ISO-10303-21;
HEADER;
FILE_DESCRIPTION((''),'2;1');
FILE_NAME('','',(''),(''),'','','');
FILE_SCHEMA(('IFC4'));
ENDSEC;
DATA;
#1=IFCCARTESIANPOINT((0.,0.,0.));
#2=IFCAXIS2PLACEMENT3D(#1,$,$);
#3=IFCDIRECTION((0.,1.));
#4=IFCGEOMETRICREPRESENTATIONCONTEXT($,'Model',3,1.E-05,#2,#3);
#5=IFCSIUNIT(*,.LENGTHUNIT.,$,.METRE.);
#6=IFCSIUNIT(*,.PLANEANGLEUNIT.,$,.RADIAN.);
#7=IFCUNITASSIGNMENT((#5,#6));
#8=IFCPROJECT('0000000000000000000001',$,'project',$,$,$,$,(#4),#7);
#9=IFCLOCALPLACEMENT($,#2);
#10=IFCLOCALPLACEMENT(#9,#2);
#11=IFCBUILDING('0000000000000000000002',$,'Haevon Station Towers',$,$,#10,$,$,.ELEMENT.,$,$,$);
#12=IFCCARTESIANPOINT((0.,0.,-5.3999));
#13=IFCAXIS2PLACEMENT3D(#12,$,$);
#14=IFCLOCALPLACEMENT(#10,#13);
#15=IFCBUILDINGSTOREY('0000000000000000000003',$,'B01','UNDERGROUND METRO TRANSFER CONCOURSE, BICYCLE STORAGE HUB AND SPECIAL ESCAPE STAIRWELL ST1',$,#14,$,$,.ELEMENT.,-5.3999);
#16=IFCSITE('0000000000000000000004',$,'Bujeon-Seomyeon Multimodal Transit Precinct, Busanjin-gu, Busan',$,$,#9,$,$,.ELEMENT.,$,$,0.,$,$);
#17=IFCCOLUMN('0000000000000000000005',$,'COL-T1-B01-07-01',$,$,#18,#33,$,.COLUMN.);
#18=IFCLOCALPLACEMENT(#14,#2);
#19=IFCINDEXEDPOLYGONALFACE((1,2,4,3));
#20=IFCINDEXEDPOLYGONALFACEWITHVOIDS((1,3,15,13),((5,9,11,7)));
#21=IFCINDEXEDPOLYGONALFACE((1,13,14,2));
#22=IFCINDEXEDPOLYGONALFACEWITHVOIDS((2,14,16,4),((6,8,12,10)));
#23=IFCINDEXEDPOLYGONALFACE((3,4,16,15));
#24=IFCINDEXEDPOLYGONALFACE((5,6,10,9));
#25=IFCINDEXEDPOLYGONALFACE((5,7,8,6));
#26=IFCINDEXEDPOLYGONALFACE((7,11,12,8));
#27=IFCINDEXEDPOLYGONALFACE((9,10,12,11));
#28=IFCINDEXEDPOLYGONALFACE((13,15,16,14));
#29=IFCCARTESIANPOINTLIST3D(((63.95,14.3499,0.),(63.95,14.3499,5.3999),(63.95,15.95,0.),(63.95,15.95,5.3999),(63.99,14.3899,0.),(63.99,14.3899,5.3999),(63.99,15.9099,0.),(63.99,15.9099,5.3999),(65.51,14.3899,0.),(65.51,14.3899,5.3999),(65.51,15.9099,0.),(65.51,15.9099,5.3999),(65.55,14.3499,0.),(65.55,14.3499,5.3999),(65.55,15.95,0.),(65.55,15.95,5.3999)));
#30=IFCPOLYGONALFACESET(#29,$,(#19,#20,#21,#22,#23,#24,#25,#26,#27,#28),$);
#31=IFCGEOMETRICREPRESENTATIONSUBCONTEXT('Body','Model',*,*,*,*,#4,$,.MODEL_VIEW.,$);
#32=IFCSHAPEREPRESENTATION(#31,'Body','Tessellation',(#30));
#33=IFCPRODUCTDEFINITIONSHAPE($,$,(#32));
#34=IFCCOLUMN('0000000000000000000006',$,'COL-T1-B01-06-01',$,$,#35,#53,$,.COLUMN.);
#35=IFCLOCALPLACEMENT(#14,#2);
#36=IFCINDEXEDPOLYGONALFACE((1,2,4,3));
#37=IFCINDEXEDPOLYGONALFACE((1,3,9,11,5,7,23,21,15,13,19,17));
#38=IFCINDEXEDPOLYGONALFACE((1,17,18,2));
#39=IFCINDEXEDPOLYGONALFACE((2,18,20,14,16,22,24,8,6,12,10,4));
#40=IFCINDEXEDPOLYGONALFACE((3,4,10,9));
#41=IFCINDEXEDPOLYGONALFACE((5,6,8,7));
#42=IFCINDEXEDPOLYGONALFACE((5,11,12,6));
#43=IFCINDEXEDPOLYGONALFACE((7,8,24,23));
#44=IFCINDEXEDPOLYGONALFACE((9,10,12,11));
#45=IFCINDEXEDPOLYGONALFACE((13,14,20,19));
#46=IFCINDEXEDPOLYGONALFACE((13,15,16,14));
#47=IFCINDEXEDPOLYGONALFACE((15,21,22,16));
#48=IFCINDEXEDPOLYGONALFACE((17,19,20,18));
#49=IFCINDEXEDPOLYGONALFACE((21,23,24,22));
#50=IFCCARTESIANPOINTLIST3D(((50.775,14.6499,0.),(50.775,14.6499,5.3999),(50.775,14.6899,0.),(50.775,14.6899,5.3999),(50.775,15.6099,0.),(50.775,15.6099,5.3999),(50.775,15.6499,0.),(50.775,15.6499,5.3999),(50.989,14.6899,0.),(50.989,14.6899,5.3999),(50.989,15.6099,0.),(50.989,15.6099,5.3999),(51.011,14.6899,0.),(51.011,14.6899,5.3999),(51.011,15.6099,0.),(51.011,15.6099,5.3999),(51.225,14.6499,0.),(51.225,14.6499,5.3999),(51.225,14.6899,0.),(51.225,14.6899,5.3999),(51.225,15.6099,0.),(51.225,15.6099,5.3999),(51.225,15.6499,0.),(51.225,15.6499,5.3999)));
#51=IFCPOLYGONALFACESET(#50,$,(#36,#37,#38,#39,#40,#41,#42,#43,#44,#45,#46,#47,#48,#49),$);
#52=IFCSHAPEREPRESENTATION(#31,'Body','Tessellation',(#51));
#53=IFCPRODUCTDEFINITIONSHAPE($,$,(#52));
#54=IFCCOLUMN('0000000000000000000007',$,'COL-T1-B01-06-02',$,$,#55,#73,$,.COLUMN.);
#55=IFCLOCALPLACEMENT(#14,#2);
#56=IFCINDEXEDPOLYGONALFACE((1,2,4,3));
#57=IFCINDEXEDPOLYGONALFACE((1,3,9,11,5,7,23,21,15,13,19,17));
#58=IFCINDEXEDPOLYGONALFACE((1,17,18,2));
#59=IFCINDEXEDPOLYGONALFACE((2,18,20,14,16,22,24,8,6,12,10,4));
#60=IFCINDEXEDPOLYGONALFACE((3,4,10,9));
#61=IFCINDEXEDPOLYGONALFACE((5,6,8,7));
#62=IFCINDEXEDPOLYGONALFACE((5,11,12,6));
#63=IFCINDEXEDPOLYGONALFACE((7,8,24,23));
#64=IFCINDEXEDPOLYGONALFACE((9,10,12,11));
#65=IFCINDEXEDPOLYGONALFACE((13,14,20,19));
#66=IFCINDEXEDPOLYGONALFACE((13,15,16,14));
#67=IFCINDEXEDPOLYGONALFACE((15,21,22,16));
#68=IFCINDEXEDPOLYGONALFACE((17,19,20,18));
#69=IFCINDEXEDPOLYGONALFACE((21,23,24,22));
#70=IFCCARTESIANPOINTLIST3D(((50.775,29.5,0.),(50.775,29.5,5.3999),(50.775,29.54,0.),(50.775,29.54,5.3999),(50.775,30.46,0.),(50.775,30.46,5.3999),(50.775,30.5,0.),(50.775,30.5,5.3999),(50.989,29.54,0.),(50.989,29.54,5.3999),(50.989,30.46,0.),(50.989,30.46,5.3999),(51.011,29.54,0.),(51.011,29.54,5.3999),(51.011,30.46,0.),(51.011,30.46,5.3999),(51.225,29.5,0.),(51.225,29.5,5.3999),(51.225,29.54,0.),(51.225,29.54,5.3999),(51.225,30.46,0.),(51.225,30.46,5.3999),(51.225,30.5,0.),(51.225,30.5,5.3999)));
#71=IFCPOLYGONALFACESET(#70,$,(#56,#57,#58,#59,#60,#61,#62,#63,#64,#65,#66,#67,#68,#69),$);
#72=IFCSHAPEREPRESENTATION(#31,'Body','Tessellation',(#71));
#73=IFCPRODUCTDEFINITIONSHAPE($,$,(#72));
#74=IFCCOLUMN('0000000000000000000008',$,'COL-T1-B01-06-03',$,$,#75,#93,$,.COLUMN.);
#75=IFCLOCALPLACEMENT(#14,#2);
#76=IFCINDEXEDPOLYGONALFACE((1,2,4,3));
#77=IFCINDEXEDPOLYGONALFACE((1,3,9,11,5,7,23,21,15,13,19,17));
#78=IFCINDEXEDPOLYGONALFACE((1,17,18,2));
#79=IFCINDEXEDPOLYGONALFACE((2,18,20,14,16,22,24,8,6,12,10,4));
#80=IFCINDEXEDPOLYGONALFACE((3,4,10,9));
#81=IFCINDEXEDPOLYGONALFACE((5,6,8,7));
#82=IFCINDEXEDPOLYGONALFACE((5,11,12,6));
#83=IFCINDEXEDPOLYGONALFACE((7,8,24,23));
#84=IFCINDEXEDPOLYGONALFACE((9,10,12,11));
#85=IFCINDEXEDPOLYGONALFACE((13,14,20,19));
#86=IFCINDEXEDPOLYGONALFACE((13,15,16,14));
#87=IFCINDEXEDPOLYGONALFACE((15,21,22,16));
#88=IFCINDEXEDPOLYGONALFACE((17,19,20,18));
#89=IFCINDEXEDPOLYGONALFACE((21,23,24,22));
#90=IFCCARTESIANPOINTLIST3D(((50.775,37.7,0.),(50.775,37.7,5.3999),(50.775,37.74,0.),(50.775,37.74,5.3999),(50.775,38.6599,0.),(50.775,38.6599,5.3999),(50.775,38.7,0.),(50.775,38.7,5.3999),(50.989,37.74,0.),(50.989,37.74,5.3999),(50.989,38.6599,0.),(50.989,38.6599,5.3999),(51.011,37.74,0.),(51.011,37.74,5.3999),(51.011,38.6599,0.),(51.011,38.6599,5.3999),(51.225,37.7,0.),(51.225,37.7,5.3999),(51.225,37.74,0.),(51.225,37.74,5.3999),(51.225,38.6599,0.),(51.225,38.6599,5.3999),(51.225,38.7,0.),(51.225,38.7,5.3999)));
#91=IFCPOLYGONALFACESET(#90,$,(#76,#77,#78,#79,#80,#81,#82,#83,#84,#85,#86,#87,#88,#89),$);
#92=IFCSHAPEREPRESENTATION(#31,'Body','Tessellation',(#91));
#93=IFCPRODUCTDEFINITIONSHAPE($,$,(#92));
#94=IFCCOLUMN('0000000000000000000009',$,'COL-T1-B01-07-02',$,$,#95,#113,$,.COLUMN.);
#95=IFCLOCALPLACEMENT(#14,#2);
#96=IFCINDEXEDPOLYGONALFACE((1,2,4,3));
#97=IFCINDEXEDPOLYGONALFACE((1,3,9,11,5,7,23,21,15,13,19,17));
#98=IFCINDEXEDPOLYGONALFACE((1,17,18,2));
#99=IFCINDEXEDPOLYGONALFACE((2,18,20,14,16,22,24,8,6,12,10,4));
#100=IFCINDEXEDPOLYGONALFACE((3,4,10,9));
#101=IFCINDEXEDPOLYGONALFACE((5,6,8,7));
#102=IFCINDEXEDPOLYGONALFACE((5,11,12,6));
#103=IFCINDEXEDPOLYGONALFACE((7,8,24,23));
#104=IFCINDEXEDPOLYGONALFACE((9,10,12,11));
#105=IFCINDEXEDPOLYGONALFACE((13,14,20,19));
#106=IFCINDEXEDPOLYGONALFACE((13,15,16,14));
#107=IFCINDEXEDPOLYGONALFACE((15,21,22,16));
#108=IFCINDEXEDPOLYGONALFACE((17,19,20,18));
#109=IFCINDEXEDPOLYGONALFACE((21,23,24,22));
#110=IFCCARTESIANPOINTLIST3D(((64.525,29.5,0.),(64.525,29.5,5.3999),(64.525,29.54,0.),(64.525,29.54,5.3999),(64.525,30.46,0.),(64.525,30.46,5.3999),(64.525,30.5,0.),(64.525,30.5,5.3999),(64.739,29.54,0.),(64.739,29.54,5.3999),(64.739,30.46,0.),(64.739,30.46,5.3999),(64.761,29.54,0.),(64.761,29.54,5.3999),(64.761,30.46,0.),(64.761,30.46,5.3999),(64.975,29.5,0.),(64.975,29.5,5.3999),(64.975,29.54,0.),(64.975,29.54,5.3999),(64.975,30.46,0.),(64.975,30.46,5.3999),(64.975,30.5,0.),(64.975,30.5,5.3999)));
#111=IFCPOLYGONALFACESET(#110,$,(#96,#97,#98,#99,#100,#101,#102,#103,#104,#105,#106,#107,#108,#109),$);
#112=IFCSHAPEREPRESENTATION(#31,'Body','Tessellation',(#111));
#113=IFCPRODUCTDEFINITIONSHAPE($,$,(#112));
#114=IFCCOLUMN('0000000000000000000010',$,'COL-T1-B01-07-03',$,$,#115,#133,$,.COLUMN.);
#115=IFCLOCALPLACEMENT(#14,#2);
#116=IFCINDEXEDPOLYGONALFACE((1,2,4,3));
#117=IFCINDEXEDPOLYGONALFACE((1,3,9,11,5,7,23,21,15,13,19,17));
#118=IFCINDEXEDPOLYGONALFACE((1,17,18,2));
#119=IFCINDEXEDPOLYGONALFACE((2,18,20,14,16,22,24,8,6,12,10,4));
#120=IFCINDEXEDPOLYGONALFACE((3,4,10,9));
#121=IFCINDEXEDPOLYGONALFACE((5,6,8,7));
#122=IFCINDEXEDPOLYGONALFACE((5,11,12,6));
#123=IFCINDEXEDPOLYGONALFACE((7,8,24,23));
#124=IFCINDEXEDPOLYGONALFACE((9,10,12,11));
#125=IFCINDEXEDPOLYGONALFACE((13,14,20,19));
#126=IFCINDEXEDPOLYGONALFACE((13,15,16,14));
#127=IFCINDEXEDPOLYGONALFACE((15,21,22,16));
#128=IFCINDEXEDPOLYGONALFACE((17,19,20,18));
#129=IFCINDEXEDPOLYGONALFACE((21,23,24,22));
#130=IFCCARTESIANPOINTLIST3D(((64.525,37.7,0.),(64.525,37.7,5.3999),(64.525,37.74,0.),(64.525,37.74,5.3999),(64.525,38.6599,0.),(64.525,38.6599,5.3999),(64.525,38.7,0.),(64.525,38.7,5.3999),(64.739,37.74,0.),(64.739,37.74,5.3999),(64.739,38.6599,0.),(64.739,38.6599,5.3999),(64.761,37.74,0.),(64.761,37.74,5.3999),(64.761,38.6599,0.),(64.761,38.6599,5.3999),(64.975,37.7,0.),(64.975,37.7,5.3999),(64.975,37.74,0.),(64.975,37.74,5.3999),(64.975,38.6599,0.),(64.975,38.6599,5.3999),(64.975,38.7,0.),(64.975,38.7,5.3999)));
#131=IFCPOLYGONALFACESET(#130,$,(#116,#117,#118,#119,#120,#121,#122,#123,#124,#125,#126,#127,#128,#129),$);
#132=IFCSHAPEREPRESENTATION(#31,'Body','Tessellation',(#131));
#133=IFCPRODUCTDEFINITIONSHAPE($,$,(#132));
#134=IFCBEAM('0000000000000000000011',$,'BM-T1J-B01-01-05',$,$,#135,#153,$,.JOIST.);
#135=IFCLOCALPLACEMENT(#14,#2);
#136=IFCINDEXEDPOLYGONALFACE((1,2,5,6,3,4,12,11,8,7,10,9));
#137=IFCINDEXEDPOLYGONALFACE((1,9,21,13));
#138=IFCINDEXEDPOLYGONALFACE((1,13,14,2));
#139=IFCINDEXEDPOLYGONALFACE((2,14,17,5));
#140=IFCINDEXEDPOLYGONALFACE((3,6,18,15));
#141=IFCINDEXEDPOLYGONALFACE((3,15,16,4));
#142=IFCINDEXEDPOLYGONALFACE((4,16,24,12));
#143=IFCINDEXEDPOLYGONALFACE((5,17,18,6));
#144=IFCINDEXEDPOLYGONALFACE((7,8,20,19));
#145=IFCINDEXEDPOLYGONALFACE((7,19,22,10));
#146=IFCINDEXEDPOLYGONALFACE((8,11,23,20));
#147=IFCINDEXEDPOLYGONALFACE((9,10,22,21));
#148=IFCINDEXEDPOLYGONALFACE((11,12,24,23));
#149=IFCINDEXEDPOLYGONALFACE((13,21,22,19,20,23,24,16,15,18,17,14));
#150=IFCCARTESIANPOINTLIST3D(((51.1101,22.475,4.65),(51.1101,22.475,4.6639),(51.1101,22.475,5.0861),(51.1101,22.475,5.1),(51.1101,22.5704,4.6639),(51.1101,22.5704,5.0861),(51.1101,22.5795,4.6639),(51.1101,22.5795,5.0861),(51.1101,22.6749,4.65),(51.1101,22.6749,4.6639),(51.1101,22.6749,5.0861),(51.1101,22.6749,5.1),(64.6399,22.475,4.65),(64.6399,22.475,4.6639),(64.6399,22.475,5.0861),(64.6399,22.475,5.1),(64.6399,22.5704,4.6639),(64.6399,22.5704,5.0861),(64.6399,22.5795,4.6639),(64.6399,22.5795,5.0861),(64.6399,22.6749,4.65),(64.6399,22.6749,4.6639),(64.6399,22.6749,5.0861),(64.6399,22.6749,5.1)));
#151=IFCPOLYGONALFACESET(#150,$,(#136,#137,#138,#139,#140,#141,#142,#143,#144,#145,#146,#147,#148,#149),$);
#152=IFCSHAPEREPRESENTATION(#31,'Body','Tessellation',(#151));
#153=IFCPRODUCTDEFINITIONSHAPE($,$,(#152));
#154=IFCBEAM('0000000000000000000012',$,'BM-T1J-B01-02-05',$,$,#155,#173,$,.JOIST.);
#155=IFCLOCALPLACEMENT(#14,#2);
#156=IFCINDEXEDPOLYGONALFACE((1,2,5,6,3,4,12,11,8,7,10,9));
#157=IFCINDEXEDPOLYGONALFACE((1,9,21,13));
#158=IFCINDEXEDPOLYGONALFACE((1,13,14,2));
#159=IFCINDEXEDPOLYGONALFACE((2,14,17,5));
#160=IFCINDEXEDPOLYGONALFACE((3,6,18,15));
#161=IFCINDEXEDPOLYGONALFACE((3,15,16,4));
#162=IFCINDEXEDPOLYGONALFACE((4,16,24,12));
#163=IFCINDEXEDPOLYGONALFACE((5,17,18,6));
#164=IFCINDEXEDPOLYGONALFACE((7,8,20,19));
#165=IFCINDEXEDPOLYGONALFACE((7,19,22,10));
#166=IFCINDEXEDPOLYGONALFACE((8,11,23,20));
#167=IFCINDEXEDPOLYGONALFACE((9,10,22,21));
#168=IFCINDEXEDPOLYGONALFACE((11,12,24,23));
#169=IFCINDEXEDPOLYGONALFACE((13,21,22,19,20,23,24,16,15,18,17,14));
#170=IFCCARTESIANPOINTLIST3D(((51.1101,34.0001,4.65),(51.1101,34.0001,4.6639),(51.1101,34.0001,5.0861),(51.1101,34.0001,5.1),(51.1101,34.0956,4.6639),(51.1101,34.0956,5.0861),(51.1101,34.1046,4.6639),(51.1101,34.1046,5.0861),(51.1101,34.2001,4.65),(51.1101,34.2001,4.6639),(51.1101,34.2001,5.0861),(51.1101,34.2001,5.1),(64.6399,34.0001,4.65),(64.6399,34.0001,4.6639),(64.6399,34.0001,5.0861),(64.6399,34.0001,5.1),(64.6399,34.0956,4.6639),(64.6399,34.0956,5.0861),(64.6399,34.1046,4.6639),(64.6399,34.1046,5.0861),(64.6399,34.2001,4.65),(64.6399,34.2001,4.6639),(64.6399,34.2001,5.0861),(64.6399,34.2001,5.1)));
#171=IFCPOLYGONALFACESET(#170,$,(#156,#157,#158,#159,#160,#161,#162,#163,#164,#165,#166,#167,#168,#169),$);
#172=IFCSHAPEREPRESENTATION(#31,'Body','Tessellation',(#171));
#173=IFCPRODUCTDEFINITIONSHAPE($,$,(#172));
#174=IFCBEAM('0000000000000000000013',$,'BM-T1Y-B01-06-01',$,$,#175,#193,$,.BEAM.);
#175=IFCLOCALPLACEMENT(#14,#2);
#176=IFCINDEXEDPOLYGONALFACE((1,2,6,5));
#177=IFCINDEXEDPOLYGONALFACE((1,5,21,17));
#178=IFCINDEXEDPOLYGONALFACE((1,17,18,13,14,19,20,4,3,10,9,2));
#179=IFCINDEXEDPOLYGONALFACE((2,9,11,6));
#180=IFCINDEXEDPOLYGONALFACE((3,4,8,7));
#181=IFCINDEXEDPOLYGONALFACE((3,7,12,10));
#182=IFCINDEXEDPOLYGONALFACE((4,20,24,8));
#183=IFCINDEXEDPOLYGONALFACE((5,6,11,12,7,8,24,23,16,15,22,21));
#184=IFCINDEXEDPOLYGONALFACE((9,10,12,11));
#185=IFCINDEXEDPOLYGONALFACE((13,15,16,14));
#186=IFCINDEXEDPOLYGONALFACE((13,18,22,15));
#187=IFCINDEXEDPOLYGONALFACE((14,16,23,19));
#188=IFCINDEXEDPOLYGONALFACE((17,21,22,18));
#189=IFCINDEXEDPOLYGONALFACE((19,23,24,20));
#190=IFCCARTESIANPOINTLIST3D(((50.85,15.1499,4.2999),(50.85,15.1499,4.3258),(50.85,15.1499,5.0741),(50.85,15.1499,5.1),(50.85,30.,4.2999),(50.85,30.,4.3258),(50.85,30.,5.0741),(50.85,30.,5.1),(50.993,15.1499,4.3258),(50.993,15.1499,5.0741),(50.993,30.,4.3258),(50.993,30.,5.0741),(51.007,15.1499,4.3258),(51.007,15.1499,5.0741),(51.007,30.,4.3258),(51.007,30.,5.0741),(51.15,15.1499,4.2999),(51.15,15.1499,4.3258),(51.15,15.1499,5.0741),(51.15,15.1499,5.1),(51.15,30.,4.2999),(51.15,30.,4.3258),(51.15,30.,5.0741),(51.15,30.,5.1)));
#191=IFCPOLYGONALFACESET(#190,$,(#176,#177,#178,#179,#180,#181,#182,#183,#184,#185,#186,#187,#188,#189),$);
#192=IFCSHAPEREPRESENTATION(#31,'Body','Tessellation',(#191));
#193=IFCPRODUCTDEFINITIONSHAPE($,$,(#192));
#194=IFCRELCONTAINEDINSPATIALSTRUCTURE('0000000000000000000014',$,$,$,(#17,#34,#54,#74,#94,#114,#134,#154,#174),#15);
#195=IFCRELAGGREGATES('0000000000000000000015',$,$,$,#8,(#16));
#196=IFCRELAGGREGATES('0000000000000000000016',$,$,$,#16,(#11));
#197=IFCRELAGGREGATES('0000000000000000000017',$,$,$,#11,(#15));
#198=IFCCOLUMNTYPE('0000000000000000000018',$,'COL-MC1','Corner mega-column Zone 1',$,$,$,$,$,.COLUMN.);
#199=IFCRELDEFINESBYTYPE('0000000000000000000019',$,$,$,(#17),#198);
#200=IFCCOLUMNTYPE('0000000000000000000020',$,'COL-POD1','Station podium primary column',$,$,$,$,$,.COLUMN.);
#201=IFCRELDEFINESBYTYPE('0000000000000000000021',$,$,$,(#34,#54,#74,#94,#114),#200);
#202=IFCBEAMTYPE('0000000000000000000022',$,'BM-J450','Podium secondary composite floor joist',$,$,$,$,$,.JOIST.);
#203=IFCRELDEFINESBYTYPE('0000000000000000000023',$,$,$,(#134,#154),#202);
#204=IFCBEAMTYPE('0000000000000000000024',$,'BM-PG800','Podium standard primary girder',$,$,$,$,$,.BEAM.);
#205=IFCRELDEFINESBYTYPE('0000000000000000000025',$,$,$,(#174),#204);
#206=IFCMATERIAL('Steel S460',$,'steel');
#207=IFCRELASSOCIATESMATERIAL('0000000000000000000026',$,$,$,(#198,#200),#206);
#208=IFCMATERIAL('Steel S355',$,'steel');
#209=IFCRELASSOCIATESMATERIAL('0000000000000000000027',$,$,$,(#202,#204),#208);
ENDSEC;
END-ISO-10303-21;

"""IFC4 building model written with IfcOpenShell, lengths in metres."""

from ifc_helpers import new_model, si_unit, direction, frame, origin, origin_2d, place, context, subcontext, project, spatial, hollow_rectangle, i_section, extrude, material, material_profile, profile_set, type_object, element, save


model = new_model("IFC4")

# Units and contexts
model_context = context("Model", 3, precision=1e-05, world=origin(), true_north=direction((0.0, 1.0)))
body_context = subcontext(model_context, "Body", "Model", "MODEL_VIEW")
ifc_project = project(units=[si_unit("LENGTHUNIT", "METRE"), si_unit("PLANEANGLEUNIT", "RADIAN")], contexts=[model_context])

# Site, building, storey
site_placement = place(None, origin())
site = spatial("IfcSite", under=ifc_project, at=site_placement, Name="Bujeon-Seomyeon Multimodal Transit Precinct, Busanjin-gu, Busan", CompositionType="ELEMENT", RefElevation=0.0)
building_placement = place(site_placement, origin())
building = spatial("IfcBuilding", under=site, at=building_placement, Name="Haevon Station Towers", CompositionType="ELEMENT")
storey_placement = place(building_placement, frame((0.0, 0.0, -5.3999)))
storey = spatial("IfcBuildingStorey", under=building, at=storey_placement, Name="B01", Description="UNDERGROUND METRO TRANSFER CONCOURSE, BICYCLE STORAGE HUB AND SPECIAL ESCAPE STAIRWELL ST1", CompositionType="ELEMENT", Elevation=-5.3999)

# Columns
ifc_material_1 = material(Name="Steel S460", Category="steel")
ifc_material_profile_1 = material_profile(ifc_material_1, hollow_rectangle(XDim=1.6001, YDim=1.6001, WallThickness=0.04, at=origin_2d()), Name="BOX-1600x1600x40")
ifc_profile_set_1 = profile_set([ifc_material_profile_1], Name="Steel S460")
column_type_1 = type_object("IfcColumnType", Name="COL-MC1", Description="Corner mega-column Zone 1", PredefinedType="COLUMN", material=ifc_profile_set_1)
column_placement = place(storey_placement, frame((64.75, 15.1499, 0.0), z_axis=(0.0, 0.0, 1.0), x_axis=(1.0, 0.0, 0.0)))
element("IfcColumn", 1, at=column_placement, inside=storey, type_object=column_type_1, Name="COL-T1-B01-07-01", PredefinedType="COLUMN", context=body_context, shape_type="SweptSolid", body=[
    extrude(hollow_rectangle(XDim=1.6001, YDim=1.6001, WallThickness=0.04, at=origin_2d()), origin(), (0.0, 0.0, 1.0), 5.3999),
])
ifc_material_profile_2 = material_profile(ifc_material_1, i_section(OverallWidth=0.45, OverallDepth=1.0, WebThickness=0.022, FlangeThickness=0.04, at=origin_2d()), Name="H-1000x450x22x40")
ifc_profile_set_2 = profile_set([ifc_material_profile_2], Name="Steel S460")
column_type_2 = type_object("IfcColumnType", Name="COL-POD1", Description="Station podium primary column", PredefinedType="COLUMN", material=ifc_profile_set_2)
for number, where, z_axis, x_axis, name in (
    (2, (51.0, 15.1499, 0.0), (0.0, 0.0, 1.0), (1.0, 0.0, 0.0), "COL-T1-B01-06-01"),
    (3, (51.0, 30.0, 0.0), (0.0, 0.0, 1.0), (1.0, 0.0, 0.0), "COL-T1-B01-06-02"),
    (4, (51.0, 38.2, 0.0), (0.0, 0.0, 1.0), (1.0, 0.0, 0.0), "COL-T1-B01-06-03"),
    (5, (64.75, 30.0, 0.0), (0.0, 0.0, 1.0), (1.0, 0.0, 0.0), "COL-T1-B01-07-02"),
    (6, (64.75, 38.2, 0.0), (0.0, 0.0, 1.0), (1.0, 0.0, 0.0), "COL-T1-B01-07-03"),
):
    element("IfcColumn", number, at=place(storey_placement, frame(where, z_axis=z_axis, x_axis=x_axis)), inside=storey, type_object=column_type_2, Name=name, PredefinedType="COLUMN", context=body_context, shape_type="SweptSolid", body=[
        extrude(i_section(OverallWidth=0.45, OverallDepth=1.0, WebThickness=0.022, FlangeThickness=0.04, at=origin_2d()), origin(), (0.0, 0.0, 1.0), 5.3999),
    ])

# Beams
ifc_material_2 = material(Name="Steel S355", Category="steel")
ifc_material_profile_3 = material_profile(ifc_material_2, i_section(OverallWidth=0.2, OverallDepth=0.45, WebThickness=0.009, FlangeThickness=0.0139, at=origin_2d()), Name="H-450x200x9x14")
ifc_profile_set_3 = profile_set([ifc_material_profile_3], Name="Steel S355")
beam_type_1 = type_object("IfcBeamType", Name="BM-J450", Description="Podium secondary composite floor joist", PredefinedType="JOIST", material=ifc_profile_set_3)
for number, where, z_axis, x_axis, name in (
    (7, (51.1101, 22.575, 4.875), (1.0, 0.0, 0.0), (0.0, 1.0, 0.0), "BM-T1J-B01-01-05"),
    (8, (51.1101, 34.1001, 4.875), (1.0, 0.0, 0.0), (0.0, 1.0, 0.0), "BM-T1J-B01-02-05"),
):
    element("IfcBeam", number, at=place(storey_placement, frame(where, z_axis=z_axis, x_axis=x_axis)), inside=storey, type_object=beam_type_1, Name=name, PredefinedType="JOIST", context=body_context, shape_type="SweptSolid", body=[
        extrude(i_section(OverallWidth=0.2, OverallDepth=0.45, WebThickness=0.009, FlangeThickness=0.0139, at=origin_2d()), origin(), (0.0, 0.0, 1.0), 13.5298),
    ])
ifc_material_profile_4 = material_profile(ifc_material_2, i_section(OverallWidth=0.3, OverallDepth=0.8, WebThickness=0.0139, FlangeThickness=0.0259, at=origin_2d()), Name="H-800x300x14x26")
ifc_profile_set_4 = profile_set([ifc_material_profile_4], Name="Steel S355")
beam_type_2 = type_object("IfcBeamType", Name="BM-PG800", Description="Podium standard primary girder", PredefinedType="BEAM", material=ifc_profile_set_4)
beam_1_placement = place(storey_placement, frame((51.0, 15.1499, 4.7), z_axis=(0.0, 1.0, 0.0), x_axis=(-1.0, 0.0, 0.0)))
element("IfcBeam", 9, at=beam_1_placement, inside=storey, type_object=beam_type_2, Name="BM-T1Y-B01-06-01", PredefinedType="BEAM", context=body_context, shape_type="SweptSolid", body=[
    extrude(i_section(OverallWidth=0.3, OverallDepth=0.8, WebThickness=0.0139, FlangeThickness=0.0259, at=origin_2d()), origin(), (0.0, 0.0, 1.0), 14.8501),
])

save(model, "model.ifc")
